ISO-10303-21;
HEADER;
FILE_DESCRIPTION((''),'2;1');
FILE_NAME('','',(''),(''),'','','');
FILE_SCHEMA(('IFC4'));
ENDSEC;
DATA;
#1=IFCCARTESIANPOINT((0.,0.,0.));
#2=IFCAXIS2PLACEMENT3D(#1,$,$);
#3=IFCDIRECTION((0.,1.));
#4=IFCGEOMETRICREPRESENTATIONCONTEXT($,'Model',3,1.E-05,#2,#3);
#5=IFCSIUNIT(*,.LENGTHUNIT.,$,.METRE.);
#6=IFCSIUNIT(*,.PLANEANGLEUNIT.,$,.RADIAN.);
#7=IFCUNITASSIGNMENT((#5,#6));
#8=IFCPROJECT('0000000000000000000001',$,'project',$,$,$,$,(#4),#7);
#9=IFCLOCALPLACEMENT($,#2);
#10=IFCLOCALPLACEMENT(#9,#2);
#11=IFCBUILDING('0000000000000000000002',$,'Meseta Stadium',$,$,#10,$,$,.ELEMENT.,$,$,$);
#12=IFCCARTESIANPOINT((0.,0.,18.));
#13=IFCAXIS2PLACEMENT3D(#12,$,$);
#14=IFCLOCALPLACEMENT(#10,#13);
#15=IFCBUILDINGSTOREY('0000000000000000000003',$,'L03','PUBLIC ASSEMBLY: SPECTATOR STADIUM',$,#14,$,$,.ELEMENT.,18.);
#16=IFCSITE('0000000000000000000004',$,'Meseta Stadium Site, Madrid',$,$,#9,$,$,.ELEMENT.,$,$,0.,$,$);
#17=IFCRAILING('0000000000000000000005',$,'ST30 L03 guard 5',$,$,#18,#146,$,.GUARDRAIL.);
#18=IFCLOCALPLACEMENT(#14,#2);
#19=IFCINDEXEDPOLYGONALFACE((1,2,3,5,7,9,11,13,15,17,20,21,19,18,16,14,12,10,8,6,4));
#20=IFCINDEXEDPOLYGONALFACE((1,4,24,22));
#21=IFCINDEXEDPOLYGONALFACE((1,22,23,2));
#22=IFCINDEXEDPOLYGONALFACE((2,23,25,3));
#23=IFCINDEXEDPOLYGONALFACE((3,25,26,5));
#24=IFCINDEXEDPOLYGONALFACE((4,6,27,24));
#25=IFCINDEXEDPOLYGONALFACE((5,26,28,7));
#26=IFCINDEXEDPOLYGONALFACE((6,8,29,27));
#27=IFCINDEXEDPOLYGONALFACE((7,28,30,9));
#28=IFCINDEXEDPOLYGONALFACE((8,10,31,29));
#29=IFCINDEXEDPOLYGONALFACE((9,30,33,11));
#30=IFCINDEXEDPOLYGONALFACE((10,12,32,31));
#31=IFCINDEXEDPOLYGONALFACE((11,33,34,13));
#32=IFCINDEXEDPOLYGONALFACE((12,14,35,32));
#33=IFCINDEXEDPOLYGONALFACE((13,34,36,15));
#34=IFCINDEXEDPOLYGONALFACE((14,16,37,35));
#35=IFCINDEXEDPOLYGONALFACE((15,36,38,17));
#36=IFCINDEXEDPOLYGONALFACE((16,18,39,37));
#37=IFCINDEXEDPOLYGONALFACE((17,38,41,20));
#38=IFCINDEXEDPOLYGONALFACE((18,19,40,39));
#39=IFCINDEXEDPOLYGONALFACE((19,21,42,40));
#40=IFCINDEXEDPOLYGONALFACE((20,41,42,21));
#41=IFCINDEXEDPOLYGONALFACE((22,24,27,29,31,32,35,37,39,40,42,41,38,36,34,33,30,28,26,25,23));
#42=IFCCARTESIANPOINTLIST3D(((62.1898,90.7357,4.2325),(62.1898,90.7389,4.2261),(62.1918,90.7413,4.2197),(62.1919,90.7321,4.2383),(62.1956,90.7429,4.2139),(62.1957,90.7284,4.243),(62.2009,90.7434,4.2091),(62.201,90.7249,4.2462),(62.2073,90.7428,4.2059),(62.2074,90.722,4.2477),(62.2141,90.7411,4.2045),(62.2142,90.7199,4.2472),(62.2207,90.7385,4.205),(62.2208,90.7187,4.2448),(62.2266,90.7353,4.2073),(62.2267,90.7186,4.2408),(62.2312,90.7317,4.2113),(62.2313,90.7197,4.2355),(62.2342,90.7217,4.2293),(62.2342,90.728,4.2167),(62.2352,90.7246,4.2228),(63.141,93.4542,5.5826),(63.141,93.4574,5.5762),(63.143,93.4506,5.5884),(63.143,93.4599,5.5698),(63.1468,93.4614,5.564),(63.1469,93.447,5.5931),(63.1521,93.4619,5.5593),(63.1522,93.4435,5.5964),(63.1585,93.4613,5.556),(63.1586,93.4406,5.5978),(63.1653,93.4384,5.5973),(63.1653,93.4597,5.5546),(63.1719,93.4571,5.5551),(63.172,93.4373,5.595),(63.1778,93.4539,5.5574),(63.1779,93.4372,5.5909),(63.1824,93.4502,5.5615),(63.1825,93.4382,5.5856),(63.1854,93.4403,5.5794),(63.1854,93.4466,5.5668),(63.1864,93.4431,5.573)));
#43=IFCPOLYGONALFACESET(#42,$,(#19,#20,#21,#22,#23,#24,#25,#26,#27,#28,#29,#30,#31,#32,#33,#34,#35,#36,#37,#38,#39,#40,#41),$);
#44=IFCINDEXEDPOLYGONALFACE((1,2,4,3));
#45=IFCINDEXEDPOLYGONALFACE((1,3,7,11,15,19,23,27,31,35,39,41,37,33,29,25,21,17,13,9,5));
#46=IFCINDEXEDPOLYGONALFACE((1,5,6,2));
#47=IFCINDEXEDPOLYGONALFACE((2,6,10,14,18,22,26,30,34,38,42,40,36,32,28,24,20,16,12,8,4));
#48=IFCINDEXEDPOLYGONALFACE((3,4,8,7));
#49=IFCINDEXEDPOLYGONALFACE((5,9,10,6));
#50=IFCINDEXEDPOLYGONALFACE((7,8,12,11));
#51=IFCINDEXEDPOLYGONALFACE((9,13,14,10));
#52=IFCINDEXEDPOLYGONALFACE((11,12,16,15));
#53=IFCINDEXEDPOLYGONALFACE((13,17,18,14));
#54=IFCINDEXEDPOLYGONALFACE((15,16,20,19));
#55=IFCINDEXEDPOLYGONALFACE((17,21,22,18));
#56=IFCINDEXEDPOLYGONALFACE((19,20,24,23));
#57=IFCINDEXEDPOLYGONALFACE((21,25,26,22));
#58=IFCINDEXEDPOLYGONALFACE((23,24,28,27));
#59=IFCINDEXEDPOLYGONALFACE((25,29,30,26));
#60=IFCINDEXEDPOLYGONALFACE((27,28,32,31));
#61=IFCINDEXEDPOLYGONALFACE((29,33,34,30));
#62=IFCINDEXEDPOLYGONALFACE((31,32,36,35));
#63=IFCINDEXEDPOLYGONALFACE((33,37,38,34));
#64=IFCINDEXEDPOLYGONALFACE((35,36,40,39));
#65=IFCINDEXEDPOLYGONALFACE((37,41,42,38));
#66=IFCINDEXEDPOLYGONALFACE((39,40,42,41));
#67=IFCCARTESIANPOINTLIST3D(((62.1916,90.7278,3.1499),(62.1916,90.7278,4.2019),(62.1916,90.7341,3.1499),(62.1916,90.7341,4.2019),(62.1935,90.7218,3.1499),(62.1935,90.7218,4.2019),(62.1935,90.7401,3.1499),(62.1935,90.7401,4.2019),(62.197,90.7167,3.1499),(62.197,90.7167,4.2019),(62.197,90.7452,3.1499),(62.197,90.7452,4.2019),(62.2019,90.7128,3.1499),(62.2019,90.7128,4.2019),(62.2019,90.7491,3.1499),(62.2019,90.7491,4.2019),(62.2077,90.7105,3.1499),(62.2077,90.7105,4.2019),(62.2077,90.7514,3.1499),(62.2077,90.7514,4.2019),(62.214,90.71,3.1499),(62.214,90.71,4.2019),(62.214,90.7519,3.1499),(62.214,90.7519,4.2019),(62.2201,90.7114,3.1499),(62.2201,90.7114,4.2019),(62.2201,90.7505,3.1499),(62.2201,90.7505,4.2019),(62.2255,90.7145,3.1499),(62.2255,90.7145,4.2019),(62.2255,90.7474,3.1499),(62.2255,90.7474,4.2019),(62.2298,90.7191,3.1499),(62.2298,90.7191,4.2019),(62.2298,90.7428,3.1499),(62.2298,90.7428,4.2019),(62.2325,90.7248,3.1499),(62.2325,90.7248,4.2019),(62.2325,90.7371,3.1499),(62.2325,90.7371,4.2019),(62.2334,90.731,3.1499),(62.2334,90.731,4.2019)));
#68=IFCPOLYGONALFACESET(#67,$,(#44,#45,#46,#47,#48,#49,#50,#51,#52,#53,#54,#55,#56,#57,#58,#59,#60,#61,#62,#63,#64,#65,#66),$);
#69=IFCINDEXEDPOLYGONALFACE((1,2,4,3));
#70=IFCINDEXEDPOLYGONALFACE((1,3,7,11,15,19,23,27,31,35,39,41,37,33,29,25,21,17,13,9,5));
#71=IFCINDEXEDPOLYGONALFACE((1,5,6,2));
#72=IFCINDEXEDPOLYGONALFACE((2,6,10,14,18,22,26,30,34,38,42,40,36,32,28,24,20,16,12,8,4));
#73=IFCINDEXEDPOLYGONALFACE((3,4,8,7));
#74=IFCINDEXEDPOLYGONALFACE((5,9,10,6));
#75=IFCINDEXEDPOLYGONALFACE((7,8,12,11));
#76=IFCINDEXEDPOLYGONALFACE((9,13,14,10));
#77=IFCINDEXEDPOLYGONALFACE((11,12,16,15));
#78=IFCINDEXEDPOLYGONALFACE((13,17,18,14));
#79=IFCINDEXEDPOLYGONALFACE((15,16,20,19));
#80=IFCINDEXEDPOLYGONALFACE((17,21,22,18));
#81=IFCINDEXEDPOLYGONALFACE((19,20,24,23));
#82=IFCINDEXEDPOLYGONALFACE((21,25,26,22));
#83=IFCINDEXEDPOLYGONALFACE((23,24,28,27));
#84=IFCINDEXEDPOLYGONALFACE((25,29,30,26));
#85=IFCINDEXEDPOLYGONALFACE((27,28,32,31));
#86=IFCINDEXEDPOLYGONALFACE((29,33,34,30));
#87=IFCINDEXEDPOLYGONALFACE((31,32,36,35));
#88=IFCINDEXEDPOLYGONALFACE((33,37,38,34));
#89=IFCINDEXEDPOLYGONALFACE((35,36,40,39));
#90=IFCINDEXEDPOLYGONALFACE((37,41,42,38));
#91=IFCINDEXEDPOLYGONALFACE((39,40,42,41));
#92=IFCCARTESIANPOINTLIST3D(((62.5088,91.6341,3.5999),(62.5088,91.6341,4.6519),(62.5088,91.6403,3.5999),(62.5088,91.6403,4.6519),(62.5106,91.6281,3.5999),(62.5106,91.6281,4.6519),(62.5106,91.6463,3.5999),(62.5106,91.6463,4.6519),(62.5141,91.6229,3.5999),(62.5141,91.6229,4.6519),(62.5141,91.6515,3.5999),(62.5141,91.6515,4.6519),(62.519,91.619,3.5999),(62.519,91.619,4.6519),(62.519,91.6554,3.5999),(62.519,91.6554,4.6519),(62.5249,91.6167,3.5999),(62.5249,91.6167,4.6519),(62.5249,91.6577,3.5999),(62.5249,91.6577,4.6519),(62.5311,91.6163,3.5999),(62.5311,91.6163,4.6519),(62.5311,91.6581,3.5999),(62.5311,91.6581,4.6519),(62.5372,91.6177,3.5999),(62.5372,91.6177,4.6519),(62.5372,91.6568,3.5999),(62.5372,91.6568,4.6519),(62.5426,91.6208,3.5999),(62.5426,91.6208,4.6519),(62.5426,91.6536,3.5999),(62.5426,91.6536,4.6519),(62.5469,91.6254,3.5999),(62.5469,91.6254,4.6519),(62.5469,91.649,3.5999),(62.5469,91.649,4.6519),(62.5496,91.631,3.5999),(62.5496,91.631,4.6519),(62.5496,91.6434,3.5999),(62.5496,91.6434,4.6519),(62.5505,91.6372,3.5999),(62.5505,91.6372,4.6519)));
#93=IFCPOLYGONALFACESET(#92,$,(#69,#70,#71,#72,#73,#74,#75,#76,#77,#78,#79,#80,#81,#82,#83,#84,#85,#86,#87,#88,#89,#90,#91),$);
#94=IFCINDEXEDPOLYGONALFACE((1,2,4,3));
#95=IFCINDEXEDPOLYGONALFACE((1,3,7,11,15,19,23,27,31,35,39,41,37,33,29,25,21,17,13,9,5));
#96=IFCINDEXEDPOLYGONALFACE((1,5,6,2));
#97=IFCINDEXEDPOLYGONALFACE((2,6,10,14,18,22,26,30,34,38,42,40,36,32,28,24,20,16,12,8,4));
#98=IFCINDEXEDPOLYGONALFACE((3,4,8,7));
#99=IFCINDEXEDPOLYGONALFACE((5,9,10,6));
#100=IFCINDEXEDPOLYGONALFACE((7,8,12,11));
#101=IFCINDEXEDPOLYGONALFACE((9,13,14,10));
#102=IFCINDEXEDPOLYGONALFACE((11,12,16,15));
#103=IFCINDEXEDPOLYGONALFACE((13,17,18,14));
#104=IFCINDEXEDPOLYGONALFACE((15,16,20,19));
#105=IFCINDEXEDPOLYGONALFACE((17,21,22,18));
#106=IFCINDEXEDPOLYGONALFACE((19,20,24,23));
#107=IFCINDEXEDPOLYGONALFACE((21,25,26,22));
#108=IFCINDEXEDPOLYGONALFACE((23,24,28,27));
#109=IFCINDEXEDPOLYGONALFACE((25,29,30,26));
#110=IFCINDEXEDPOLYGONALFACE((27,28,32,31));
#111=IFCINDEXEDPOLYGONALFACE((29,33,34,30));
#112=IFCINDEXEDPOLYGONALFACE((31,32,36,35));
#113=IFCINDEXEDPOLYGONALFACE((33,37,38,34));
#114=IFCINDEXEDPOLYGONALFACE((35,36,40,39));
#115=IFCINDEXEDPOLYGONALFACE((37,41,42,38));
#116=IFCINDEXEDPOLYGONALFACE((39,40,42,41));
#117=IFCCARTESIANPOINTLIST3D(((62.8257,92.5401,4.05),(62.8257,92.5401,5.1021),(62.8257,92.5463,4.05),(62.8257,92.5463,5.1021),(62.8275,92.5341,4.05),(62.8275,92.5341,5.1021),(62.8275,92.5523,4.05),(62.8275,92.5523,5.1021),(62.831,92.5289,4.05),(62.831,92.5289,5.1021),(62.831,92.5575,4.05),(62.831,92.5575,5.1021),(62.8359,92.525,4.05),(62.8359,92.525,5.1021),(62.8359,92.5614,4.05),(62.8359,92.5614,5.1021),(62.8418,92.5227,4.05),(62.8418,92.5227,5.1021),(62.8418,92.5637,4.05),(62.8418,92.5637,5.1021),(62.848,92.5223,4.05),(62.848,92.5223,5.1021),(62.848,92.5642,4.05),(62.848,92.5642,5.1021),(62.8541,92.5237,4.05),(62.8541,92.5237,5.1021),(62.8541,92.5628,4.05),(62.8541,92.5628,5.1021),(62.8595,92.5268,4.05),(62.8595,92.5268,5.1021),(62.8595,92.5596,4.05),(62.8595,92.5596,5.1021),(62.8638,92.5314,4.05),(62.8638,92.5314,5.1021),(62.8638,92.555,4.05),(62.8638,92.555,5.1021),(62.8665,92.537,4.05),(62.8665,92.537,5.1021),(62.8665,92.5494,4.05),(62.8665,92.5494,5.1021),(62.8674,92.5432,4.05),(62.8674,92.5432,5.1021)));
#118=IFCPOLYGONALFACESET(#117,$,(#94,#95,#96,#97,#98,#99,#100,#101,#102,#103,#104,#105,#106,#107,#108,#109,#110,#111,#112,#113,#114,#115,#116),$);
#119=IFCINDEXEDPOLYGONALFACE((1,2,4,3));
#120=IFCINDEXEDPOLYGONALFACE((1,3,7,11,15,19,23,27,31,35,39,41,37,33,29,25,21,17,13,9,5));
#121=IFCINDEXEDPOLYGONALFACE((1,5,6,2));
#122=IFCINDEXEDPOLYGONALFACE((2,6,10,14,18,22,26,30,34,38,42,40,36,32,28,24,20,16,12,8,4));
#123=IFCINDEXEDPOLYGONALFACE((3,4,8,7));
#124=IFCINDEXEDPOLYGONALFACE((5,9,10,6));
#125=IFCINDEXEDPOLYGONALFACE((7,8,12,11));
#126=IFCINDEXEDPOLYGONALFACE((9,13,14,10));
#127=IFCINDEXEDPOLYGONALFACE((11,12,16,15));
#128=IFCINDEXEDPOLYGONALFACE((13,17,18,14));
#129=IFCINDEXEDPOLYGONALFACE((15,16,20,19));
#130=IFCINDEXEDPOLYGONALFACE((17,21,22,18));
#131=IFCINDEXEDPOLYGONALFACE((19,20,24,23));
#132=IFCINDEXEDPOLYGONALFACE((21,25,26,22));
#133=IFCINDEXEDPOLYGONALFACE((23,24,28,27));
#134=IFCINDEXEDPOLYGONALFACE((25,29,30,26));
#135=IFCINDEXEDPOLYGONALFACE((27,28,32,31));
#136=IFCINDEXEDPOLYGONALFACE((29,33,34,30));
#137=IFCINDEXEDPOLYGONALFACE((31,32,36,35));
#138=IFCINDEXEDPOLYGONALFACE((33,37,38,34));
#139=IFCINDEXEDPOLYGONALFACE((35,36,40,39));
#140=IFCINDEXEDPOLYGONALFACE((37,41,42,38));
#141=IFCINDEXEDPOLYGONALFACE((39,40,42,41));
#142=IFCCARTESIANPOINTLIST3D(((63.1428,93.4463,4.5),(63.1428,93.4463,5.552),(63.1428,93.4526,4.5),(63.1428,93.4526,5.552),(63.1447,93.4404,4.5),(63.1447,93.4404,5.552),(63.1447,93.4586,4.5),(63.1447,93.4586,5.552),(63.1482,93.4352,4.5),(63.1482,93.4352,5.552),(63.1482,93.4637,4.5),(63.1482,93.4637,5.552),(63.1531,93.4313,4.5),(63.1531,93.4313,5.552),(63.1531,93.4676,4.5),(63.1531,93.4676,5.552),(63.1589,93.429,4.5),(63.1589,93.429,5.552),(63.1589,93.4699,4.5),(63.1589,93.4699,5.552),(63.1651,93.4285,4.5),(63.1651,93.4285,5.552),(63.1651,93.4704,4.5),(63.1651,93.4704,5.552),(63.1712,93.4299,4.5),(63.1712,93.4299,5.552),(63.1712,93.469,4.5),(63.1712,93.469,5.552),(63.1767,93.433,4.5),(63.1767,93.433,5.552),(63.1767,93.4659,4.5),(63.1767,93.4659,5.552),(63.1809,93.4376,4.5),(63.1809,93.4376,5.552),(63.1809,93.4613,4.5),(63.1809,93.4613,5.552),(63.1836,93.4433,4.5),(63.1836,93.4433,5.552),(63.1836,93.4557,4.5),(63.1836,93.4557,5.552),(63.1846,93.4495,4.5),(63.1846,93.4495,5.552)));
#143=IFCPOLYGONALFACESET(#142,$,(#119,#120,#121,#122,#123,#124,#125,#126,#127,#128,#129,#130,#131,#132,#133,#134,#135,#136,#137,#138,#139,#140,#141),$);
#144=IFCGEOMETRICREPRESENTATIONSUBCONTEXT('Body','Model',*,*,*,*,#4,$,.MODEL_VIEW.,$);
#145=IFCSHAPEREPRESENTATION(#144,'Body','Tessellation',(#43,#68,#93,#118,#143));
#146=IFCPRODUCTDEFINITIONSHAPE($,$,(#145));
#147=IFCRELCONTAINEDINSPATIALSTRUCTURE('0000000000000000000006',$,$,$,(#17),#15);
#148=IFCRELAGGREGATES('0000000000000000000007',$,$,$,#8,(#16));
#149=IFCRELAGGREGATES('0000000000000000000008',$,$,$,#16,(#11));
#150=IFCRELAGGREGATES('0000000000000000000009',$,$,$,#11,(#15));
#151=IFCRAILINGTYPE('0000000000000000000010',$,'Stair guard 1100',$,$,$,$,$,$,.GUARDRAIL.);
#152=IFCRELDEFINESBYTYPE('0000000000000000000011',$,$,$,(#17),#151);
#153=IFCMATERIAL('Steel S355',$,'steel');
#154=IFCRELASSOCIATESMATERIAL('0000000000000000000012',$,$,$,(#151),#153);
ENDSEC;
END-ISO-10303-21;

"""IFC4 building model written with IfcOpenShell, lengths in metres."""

from ifc_helpers import new_model, si_unit, direction, frame, origin, origin_2d, place, context, subcontext, project, spatial, circle, extrude, material, type_object, element, save


model = new_model("IFC4")

# Units and contexts
model_context = context("Model", 3, precision=1e-05, world=origin(), true_north=direction((0.0, 1.0)))
body_context = subcontext(model_context, "Body", "Model", "MODEL_VIEW")
ifc_project = project(units=[si_unit("LENGTHUNIT", "METRE"), si_unit("PLANEANGLEUNIT", "RADIAN")], contexts=[model_context])

# Site, building, storey
site_placement = place(None, origin())
site = spatial("IfcSite", under=ifc_project, at=site_placement, Name="Meseta Stadium Site, Madrid", CompositionType="ELEMENT", RefElevation=0.0)
building_placement = place(site_placement, origin())
building = spatial("IfcBuilding", under=site, at=building_placement, Name="Meseta Stadium", CompositionType="ELEMENT")
storey_placement = place(building_placement, frame((0.0, 0.0, 18.0)))
storey = spatial("IfcBuildingStorey", under=building, at=storey_placement, Name="L03", Description="PUBLIC ASSEMBLY: SPECTATOR STADIUM", CompositionType="ELEMENT", Elevation=18.0)

# Railing
ifc_material_1 = material(Name="Steel S355", Category="steel")
railing_type_1 = type_object("IfcRailingType", Name="Stair guard 1100", PredefinedType="GUARDRAIL", material=ifc_material_1)
railing_1_placement = place(storey_placement, frame((62.2124, 90.731, 3.1499)))
element("IfcRailing", 1, at=railing_1_placement, inside=storey, type_object=railing_type_1, Name="ST30 L03 guard 5", PredefinedType="GUARDRAIL", context=body_context, shape_type="SweptSolid", body=[
    extrude(circle(Radius=0.0239, at=origin_2d()), frame((0.0, 0.0, 1.0762), z_axis=(0.299031, 0.854649, 0.424446), x_axis=(-0.943891, 0.330256, 0.0)), (0.0, 0.0, 1.0), 3.1809),
    extrude(circle(Radius=0.021, at=origin_2d()), origin(), (0.0, 0.0, 1.0), 1.052),
    extrude(circle(Radius=0.021, at=origin_2d()), frame((0.3171, 0.9062, 0.45)), (0.0, 0.0, 1.0), 1.052),
    extrude(circle(Radius=0.021, at=origin_2d()), frame((0.634, 1.8123, 0.9001)), (0.0, 0.0, 1.0), 1.052),
    extrude(circle(Radius=0.021, at=origin_2d()), frame((0.9512, 2.7185, 1.3501)), (0.0, 0.0, 1.0), 1.052),
])

save(model, "model.ifc")
